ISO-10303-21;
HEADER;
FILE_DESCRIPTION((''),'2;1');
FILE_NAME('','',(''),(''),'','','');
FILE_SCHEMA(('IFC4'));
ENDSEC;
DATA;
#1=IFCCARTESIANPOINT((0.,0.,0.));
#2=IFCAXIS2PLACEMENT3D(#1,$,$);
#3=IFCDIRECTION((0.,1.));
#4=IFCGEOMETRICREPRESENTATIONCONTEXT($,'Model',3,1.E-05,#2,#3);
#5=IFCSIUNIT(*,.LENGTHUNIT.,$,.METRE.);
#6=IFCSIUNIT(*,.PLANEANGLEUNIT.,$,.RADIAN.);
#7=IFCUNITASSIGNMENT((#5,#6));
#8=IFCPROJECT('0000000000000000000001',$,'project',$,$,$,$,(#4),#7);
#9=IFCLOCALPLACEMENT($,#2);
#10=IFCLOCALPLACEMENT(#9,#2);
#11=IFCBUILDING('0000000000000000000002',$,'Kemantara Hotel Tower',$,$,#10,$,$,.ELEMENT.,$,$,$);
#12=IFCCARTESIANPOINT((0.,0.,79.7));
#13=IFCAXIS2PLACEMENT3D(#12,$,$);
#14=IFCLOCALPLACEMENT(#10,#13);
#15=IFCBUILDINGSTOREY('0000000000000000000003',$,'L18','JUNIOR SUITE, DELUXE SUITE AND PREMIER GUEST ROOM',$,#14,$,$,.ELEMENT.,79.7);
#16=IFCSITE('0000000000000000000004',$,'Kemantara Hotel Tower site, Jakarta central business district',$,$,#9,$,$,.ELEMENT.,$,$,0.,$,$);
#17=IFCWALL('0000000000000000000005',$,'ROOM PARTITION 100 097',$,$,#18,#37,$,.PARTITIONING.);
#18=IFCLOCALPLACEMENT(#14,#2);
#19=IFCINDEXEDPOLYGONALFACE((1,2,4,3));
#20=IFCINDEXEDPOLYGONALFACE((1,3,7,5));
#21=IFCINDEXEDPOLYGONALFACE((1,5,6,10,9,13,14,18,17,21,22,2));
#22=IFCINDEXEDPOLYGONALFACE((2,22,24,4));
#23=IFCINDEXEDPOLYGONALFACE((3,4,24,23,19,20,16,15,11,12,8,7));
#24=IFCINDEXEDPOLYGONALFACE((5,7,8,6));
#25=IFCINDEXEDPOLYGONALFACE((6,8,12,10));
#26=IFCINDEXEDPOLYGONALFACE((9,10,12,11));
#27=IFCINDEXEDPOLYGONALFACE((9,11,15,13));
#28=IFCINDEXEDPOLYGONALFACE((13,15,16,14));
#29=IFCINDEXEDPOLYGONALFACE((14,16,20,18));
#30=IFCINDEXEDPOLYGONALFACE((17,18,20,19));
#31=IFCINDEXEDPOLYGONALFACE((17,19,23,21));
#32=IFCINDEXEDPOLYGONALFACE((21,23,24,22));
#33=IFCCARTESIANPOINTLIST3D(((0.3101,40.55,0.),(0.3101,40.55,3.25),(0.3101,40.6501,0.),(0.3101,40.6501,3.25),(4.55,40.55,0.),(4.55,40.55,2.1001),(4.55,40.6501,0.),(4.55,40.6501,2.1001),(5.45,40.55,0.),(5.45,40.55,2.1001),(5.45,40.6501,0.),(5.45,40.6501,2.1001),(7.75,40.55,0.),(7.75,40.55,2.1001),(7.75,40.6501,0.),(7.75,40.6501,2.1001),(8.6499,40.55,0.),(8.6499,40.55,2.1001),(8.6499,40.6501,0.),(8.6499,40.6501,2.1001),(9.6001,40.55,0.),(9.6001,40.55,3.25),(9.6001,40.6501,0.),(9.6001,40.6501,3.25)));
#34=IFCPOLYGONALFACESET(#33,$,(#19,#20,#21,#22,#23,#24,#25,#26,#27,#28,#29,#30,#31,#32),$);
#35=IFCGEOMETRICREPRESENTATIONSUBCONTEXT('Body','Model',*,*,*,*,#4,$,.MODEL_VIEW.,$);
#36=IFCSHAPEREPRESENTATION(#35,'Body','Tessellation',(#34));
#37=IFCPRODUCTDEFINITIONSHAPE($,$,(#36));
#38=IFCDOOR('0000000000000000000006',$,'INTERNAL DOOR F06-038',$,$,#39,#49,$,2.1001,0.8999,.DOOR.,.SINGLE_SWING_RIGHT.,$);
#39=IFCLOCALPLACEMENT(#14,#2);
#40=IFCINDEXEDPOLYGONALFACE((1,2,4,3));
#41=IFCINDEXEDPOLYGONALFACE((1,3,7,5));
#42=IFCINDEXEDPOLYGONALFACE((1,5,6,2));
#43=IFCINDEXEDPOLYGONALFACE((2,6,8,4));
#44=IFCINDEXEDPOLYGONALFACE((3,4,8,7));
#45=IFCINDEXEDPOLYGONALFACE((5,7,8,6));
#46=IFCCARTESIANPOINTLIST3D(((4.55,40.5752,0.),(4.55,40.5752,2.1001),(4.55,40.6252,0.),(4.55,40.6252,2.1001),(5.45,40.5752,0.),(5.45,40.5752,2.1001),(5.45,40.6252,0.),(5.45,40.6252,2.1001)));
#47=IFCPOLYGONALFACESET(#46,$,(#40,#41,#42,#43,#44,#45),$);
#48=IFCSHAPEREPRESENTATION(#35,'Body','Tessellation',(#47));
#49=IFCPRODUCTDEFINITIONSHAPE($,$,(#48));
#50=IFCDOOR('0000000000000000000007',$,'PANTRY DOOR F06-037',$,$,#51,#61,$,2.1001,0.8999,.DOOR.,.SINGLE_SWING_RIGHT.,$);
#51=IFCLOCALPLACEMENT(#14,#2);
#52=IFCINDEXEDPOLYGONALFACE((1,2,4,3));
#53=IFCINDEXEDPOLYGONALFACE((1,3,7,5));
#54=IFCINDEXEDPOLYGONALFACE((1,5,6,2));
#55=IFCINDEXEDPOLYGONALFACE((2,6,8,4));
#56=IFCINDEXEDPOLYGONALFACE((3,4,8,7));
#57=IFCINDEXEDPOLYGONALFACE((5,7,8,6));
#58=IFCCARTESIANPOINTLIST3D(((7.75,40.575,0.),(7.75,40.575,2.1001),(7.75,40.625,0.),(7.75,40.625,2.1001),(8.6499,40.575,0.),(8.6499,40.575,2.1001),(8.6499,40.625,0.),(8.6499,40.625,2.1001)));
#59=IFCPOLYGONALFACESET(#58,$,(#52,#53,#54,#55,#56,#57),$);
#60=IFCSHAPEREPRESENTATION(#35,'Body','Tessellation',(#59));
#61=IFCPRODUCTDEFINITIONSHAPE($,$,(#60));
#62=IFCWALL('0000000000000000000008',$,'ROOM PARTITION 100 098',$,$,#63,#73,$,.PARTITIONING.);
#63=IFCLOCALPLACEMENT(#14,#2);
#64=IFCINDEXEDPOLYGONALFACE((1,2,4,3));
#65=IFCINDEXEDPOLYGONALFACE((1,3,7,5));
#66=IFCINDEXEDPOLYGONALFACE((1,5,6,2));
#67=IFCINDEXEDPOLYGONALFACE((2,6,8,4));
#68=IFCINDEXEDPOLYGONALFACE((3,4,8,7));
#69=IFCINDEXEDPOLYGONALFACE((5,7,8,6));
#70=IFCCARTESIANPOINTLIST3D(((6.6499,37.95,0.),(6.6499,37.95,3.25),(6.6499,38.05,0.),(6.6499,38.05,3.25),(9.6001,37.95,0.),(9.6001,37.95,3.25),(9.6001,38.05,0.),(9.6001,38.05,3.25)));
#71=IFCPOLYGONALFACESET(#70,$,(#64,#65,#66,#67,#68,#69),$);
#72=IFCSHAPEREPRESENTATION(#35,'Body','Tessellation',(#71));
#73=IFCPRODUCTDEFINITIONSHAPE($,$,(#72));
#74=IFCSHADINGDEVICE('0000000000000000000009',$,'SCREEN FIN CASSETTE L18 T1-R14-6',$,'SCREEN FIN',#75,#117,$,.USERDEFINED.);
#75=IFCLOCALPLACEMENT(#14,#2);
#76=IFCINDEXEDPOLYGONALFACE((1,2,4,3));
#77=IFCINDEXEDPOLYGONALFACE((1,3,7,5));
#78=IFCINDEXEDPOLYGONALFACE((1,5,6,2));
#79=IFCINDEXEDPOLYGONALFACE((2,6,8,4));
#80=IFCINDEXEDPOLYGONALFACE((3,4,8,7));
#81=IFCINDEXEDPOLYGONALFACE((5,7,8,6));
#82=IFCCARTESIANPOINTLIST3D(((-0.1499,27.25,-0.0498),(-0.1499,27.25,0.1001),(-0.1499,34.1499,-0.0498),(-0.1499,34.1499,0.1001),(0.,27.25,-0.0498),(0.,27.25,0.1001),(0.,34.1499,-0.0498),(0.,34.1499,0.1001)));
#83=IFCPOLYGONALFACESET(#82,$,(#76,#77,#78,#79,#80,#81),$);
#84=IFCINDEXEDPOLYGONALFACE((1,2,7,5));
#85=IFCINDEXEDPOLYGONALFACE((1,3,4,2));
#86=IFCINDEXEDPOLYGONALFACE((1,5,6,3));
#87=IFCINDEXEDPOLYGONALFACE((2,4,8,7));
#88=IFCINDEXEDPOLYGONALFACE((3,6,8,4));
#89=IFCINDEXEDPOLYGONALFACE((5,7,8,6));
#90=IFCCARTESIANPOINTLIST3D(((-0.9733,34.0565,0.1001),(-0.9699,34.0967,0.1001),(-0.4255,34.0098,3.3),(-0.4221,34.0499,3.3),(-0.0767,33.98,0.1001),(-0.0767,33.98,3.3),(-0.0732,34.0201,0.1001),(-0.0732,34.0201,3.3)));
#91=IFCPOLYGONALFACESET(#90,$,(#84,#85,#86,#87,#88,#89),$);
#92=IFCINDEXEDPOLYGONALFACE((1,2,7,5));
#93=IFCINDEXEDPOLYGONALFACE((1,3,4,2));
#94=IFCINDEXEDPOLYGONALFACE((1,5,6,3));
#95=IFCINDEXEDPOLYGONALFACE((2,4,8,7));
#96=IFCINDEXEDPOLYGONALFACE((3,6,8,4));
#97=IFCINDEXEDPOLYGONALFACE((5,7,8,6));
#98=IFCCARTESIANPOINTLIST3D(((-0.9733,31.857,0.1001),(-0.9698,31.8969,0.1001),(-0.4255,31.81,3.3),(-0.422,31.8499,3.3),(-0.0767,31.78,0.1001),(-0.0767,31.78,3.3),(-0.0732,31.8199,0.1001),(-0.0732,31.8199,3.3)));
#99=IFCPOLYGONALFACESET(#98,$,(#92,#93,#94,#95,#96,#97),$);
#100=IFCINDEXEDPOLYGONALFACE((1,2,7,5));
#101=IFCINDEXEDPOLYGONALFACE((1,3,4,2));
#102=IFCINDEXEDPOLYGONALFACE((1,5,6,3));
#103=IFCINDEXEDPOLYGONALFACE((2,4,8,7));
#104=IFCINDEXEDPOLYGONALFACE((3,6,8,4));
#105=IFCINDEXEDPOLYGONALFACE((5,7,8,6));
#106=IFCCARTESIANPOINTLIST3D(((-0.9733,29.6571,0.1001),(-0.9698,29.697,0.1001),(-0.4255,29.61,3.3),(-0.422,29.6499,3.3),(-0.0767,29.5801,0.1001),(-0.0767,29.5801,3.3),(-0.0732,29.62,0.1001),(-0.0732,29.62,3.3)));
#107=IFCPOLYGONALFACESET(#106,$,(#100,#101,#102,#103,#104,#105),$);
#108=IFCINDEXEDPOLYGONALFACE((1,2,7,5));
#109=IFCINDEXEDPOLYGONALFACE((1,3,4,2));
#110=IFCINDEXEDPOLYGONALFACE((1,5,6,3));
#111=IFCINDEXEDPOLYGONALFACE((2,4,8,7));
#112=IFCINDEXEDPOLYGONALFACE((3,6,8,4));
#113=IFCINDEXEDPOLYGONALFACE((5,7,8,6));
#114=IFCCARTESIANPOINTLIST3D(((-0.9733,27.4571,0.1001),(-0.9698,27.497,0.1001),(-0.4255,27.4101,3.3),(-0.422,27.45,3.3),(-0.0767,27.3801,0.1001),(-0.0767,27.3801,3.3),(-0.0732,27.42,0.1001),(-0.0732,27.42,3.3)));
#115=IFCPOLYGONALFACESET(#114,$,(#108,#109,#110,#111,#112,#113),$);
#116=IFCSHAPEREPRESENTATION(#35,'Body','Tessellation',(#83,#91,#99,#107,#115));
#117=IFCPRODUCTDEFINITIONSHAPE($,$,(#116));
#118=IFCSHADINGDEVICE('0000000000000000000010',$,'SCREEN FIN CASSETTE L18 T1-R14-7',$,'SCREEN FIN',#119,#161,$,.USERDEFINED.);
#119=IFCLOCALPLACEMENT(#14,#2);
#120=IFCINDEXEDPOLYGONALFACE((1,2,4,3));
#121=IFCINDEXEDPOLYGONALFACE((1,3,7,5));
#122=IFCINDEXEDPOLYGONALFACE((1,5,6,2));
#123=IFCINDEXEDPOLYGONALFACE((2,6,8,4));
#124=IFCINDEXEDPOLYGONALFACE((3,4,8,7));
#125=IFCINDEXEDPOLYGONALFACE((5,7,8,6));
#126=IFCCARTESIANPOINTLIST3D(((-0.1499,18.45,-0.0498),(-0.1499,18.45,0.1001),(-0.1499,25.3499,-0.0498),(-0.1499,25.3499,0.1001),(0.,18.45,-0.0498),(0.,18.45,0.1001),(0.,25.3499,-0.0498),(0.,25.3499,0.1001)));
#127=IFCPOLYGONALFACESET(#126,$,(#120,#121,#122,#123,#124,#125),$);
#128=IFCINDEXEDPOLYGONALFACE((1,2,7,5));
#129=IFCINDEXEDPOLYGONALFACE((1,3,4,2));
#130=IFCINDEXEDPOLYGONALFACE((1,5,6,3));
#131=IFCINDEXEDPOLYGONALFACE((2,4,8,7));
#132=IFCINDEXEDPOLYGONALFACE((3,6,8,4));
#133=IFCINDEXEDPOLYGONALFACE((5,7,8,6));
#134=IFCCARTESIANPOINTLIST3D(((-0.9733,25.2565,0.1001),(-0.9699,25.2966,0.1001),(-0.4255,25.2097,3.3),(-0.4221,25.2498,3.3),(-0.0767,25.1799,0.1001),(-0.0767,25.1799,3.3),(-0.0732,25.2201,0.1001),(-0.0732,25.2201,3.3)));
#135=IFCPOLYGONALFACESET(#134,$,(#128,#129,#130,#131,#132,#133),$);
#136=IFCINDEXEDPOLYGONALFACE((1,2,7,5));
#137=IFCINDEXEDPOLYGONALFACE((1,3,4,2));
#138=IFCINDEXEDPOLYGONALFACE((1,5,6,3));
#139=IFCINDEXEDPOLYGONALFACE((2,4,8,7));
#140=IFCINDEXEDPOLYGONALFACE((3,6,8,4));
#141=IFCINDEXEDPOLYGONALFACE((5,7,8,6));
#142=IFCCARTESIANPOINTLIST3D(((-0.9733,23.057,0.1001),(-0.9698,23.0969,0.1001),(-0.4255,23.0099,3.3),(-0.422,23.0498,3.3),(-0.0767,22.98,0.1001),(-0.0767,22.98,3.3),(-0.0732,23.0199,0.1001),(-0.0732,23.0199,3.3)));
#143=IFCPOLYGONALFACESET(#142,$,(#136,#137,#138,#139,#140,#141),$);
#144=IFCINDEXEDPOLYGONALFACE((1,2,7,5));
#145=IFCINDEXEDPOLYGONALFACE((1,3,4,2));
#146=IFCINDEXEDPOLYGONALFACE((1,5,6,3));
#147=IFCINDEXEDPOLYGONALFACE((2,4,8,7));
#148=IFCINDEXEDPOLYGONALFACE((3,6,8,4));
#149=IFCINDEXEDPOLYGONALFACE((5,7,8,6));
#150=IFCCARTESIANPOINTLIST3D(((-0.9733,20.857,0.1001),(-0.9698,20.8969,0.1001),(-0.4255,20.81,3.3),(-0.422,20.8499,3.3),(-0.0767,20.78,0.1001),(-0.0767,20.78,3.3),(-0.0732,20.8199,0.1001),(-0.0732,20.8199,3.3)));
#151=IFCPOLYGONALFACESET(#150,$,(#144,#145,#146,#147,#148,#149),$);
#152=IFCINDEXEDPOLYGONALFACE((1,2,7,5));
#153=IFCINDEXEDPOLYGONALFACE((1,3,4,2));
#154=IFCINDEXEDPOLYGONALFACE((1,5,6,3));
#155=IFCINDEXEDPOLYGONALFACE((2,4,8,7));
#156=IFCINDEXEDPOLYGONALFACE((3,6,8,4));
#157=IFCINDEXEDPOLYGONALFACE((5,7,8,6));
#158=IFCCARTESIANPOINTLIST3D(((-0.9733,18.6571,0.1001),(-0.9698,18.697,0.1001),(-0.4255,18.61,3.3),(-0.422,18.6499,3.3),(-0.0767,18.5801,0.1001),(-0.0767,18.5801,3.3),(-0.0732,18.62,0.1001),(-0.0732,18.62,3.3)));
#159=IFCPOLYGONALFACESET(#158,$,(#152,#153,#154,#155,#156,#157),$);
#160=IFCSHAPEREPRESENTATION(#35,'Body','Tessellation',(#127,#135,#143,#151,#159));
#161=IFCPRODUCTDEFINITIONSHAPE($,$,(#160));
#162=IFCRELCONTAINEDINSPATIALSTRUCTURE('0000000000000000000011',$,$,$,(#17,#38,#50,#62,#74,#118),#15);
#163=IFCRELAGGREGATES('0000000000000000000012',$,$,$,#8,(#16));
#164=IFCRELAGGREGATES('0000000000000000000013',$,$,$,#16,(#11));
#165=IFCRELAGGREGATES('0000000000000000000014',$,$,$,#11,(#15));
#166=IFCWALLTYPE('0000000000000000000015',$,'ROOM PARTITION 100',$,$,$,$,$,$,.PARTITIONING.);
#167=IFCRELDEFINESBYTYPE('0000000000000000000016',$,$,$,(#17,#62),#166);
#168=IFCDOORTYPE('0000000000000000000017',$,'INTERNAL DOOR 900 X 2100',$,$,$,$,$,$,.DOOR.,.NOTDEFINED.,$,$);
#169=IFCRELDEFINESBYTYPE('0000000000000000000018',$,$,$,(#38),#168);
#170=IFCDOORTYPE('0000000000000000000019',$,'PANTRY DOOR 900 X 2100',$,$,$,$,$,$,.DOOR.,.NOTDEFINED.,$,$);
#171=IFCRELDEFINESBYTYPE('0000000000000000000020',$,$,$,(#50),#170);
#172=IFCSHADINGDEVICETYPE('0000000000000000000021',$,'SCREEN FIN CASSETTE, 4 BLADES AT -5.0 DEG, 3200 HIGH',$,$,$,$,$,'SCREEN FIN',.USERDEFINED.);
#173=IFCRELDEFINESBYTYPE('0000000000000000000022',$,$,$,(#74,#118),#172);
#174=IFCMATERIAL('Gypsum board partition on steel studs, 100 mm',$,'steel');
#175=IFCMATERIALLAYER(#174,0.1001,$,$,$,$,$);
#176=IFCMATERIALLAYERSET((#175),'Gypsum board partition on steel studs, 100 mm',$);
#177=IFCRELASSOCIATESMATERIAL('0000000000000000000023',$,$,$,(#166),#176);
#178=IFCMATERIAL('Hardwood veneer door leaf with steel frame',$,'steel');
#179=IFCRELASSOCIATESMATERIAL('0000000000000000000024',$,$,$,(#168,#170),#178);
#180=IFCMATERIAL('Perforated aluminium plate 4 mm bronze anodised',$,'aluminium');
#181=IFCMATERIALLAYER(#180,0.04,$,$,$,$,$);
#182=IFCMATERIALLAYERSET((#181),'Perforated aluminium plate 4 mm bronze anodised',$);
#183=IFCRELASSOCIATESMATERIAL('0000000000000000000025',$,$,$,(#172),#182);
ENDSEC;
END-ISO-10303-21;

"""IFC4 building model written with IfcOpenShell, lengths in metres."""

from ifc_helpers import new_model, si_unit, direction, frame, frame_2d, origin, origin_2d, place, context, subcontext, project, spatial, polyline, rectangle, outline, extrude, source, transform, mapped, material, layer, layer_set, type_object, element, fill, save


model = new_model("IFC4")

# Units and contexts
model_context = context("Model", 3, precision=1e-05, world=origin(), true_north=direction((0.0, 1.0)))
body_context = subcontext(model_context, "Body", "Model", "MODEL_VIEW")
ifc_project = project(units=[si_unit("LENGTHUNIT", "METRE"), si_unit("PLANEANGLEUNIT", "RADIAN")], contexts=[model_context])

# Site, building, storey
site_placement = place(None, origin())
site = spatial("IfcSite", under=ifc_project, at=site_placement, Name="Kemantara Hotel Tower site, Jakarta central business district", CompositionType="ELEMENT", RefElevation=0.0)
building_placement = place(site_placement, origin())
building = spatial("IfcBuilding", under=site, at=building_placement, Name="Kemantara Hotel Tower", CompositionType="ELEMENT")
storey_placement = place(building_placement, frame((0.0, 0.0, 79.7)))
storey = spatial("IfcBuildingStorey", under=building, at=storey_placement, Name="L18", Description="JUNIOR SUITE, DELUXE SUITE AND PREMIER GUEST ROOM", CompositionType="ELEMENT", Elevation=79.7)

# Shared definitions
ifc_material_1 = material(Name="Hardwood veneer door leaf with steel frame", Category="steel")

# Shared definitions
ifc_material_2 = material(Name="Gypsum board partition on steel studs, 100 mm", Category="steel")
ifc_layer_1 = layer(ifc_material_2, 0.1001)
ifc_layer_set_1 = layer_set([ifc_layer_1], Name="Gypsum board partition on steel studs, 100 mm")
wall_type_1 = type_object("IfcWallType", Name="ROOM PARTITION 100", PredefinedType="PARTITIONING", material=ifc_layer_set_1)

# Wall, openings, doors
wall_1_placement = place(storey_placement, frame((0.3101, 40.6001, 0.0), z_axis=(0.0, 0.0, 1.0), x_axis=(1.0, 0.0, 0.0)))
wall_1 = element("IfcWall", 1, at=wall_1_placement, inside=storey, type_object=wall_type_1, Name="ROOM PARTITION 100 097", PredefinedType="PARTITIONING", context=body_context, shape_type="SweptSolid", body=[
    extrude(rectangle(XDim=9.29, YDim=0.1001, at=frame_2d((4.645, 0.0))), origin(), (0.0, 0.0, 1.0), 3.25),
])
opening_1_placement = place(wall_1_placement, frame((7.4399, 0.0, 0.0)))
opening_1 = element("IfcOpeningElement", 2, at=opening_1_placement, cuts=wall_1, PredefinedType="OPENING", context=body_context, shape_type="SweptSolid", body=[
    extrude(rectangle(XDim=0.8999, YDim=2.1001, at=frame_2d((0.45, 1.05))), frame((0.0, 0.0601, 0.0), z_axis=(0.0, -1.0, 0.0), x_axis=(1.0, 0.0, 0.0)), (0.0, 0.0, 1.0), 0.1201),
])
opening_2_placement = place(wall_1_placement, frame((4.24, 0.0, 0.0)))
opening_2 = element("IfcOpeningElement", 3, at=opening_2_placement, cuts=wall_1, PredefinedType="OPENING", context=body_context, shape_type="SweptSolid", body=[
    extrude(rectangle(XDim=0.8999, YDim=2.1001, at=frame_2d((0.45, 1.05))), frame((0.0, 0.0601, 0.0), z_axis=(0.0, -1.0, 0.0), x_axis=(1.0, 0.0, 0.0)), (0.0, 0.0, 1.0), 0.1201),
])
door_type_1 = type_object("IfcDoorType", Name="INTERNAL DOOR 900 X 2100", OperationType="NOTDEFINED", PredefinedType="DOOR", material=ifc_material_1)
door_1_placement = place(opening_2_placement, frame((0.8999, 0.0, 0.0), z_axis=(0.0, 0.0, 1.0), x_axis=(-1.0, 0.0, 0.0)))
door_1 = element("IfcDoor", 4, at=door_1_placement, inside=storey, type_object=door_type_1, Name="INTERNAL DOOR F06-038", OperationType="SINGLE_SWING_RIGHT", OverallHeight=2.1001, OverallWidth=0.8999, PredefinedType="DOOR", context=body_context, shape_type="SweptSolid", body=[
    extrude(rectangle(XDim=0.8999, YDim=2.1001, at=frame_2d((0.45, 1.05))), frame((0.0, 0.0249, 0.0), z_axis=(0.0, -1.0, 0.0), x_axis=(1.0, 0.0, 0.0)), (0.0, 0.0, 1.0), 0.05),
])
fill(opening_2, door_1)
door_type_2 = type_object("IfcDoorType", Name="PANTRY DOOR 900 X 2100", OperationType="NOTDEFINED", PredefinedType="DOOR", material=ifc_material_1)
door_2_placement = place(opening_1_placement, origin())
door_2 = element("IfcDoor", 5, at=door_2_placement, inside=storey, type_object=door_type_2, Name="PANTRY DOOR F06-037", OperationType="SINGLE_SWING_RIGHT", OverallHeight=2.1001, OverallWidth=0.8999, PredefinedType="DOOR", context=body_context, shape_type="SweptSolid", body=[
    extrude(rectangle(XDim=0.8999, YDim=2.1001, at=frame_2d((0.45, 1.05))), frame((0.0, 0.0249, 0.0), z_axis=(0.0, -1.0, 0.0), x_axis=(1.0, 0.0, 0.0)), (0.0, 0.0, 1.0), 0.05),
])
fill(opening_1, door_2)

# Wall
wall_2_placement = place(storey_placement, frame((6.6499, 38.0, 0.0), z_axis=(0.0, 0.0, 1.0), x_axis=(1.0, 0.0, 0.0)))
element("IfcWall", 6, at=wall_2_placement, inside=storey, type_object=wall_type_1, Name="ROOM PARTITION 100 098", PredefinedType="PARTITIONING", context=body_context, shape_type="SweptSolid", body=[
    extrude(rectangle(XDim=2.9502, YDim=0.1001, at=frame_2d((1.4751, 0.0))), origin(), (0.0, 0.0, 1.0), 3.25),
])

# Shading devices
ifc_material_3 = material(Name="Perforated aluminium plate 4 mm bronze anodised", Category="aluminium")
ifc_layer_2 = layer(ifc_material_3, 0.04)
ifc_layer_set_2 = layer_set([ifc_layer_2], Name="Perforated aluminium plate 4 mm bronze anodised")
shading_device_type_1 = type_object("IfcShadingDeviceType", Name="SCREEN FIN CASSETTE, 4 BLADES AT -5.0 DEG, 3200 HIGH", ElementType="SCREEN FIN", PredefinedType="USERDEFINED", material=ifc_layer_set_2)
shared_shape_1 = source(origin(), body_context, "Body", "SweptSolid", [
    extrude(rectangle(XDim=6.8999, YDim=0.1499, at=origin_2d()), frame((3.3, -0.075, -0.1499), z_axis=(0.0, 0.0, 1.0), x_axis=(1.0, 0.0, 0.0)), (0.0, 0.0, 1.0), 0.1499),
    extrude(outline(polyline([(0.0, 0.0), (0.8999, 0.0), (0.3501, 3.2), (0.0, 3.2), (0.0, 0.0)])), frame((0.02, -0.0767, 0.0), z_axis=(-0.996376, 0.085056, 0.0), x_axis=(-0.085056, -0.996376, 0.0)), (0.0, 0.0, 1.0), 0.0403),
    extrude(outline(polyline([(0.0, 0.0), (0.8999, 0.0), (0.3501, 3.2), (0.0, 3.2), (0.0, 0.0)])), frame((2.22, -0.0767, 0.0), z_axis=(-0.996332, 0.085575, 0.0), x_axis=(-0.085575, -0.996332, 0.0)), (0.0, 0.0, 1.0), 0.04),
    extrude(outline(polyline([(0.0, 0.0), (0.8999, 0.0), (0.3501, 3.2), (0.0, 3.2), (0.0, 0.0)])), frame((4.4199, -0.0767, 0.0), z_axis=(-0.996332, 0.085575, 0.0), x_axis=(-0.085575, -0.996332, 0.0)), (0.0, 0.0, 1.0), 0.04),
    extrude(outline(polyline([(0.0, 0.0), (0.8999, 0.0), (0.3501, 3.2), (0.0, 3.2), (0.0, 0.0)])), frame((6.6199, -0.0767, 0.0), z_axis=(-0.996332, 0.085575, 0.0), x_axis=(-0.085575, -0.996332, 0.0)), (0.0, 0.0, 1.0), 0.04),
])
for number, where, z_axis, x_axis, name in (
    (7, (0.0, 34.0, 0.1001), (0.0, 0.0, 1.0), (0.0, -1.0, 0.0), "SCREEN FIN CASSETTE L18 T1-R14-6"),
    (8, (0.0, 25.2, 0.1001), (0.0, 0.0, 1.0), (0.0, -1.0, 0.0), "SCREEN FIN CASSETTE L18 T1-R14-7"),
):
    element("IfcShadingDevice", number, at=place(storey_placement, frame(where, z_axis=z_axis, x_axis=x_axis)), inside=storey, type_object=shading_device_type_1, Name=name, ObjectType="SCREEN FIN", PredefinedType="USERDEFINED", context=body_context, shape_type="MappedRepresentation", body=[
        mapped(shared_shape_1, transform((0.0, 0.0, 0.0))),
    ])

save(model, "model.ifc")
